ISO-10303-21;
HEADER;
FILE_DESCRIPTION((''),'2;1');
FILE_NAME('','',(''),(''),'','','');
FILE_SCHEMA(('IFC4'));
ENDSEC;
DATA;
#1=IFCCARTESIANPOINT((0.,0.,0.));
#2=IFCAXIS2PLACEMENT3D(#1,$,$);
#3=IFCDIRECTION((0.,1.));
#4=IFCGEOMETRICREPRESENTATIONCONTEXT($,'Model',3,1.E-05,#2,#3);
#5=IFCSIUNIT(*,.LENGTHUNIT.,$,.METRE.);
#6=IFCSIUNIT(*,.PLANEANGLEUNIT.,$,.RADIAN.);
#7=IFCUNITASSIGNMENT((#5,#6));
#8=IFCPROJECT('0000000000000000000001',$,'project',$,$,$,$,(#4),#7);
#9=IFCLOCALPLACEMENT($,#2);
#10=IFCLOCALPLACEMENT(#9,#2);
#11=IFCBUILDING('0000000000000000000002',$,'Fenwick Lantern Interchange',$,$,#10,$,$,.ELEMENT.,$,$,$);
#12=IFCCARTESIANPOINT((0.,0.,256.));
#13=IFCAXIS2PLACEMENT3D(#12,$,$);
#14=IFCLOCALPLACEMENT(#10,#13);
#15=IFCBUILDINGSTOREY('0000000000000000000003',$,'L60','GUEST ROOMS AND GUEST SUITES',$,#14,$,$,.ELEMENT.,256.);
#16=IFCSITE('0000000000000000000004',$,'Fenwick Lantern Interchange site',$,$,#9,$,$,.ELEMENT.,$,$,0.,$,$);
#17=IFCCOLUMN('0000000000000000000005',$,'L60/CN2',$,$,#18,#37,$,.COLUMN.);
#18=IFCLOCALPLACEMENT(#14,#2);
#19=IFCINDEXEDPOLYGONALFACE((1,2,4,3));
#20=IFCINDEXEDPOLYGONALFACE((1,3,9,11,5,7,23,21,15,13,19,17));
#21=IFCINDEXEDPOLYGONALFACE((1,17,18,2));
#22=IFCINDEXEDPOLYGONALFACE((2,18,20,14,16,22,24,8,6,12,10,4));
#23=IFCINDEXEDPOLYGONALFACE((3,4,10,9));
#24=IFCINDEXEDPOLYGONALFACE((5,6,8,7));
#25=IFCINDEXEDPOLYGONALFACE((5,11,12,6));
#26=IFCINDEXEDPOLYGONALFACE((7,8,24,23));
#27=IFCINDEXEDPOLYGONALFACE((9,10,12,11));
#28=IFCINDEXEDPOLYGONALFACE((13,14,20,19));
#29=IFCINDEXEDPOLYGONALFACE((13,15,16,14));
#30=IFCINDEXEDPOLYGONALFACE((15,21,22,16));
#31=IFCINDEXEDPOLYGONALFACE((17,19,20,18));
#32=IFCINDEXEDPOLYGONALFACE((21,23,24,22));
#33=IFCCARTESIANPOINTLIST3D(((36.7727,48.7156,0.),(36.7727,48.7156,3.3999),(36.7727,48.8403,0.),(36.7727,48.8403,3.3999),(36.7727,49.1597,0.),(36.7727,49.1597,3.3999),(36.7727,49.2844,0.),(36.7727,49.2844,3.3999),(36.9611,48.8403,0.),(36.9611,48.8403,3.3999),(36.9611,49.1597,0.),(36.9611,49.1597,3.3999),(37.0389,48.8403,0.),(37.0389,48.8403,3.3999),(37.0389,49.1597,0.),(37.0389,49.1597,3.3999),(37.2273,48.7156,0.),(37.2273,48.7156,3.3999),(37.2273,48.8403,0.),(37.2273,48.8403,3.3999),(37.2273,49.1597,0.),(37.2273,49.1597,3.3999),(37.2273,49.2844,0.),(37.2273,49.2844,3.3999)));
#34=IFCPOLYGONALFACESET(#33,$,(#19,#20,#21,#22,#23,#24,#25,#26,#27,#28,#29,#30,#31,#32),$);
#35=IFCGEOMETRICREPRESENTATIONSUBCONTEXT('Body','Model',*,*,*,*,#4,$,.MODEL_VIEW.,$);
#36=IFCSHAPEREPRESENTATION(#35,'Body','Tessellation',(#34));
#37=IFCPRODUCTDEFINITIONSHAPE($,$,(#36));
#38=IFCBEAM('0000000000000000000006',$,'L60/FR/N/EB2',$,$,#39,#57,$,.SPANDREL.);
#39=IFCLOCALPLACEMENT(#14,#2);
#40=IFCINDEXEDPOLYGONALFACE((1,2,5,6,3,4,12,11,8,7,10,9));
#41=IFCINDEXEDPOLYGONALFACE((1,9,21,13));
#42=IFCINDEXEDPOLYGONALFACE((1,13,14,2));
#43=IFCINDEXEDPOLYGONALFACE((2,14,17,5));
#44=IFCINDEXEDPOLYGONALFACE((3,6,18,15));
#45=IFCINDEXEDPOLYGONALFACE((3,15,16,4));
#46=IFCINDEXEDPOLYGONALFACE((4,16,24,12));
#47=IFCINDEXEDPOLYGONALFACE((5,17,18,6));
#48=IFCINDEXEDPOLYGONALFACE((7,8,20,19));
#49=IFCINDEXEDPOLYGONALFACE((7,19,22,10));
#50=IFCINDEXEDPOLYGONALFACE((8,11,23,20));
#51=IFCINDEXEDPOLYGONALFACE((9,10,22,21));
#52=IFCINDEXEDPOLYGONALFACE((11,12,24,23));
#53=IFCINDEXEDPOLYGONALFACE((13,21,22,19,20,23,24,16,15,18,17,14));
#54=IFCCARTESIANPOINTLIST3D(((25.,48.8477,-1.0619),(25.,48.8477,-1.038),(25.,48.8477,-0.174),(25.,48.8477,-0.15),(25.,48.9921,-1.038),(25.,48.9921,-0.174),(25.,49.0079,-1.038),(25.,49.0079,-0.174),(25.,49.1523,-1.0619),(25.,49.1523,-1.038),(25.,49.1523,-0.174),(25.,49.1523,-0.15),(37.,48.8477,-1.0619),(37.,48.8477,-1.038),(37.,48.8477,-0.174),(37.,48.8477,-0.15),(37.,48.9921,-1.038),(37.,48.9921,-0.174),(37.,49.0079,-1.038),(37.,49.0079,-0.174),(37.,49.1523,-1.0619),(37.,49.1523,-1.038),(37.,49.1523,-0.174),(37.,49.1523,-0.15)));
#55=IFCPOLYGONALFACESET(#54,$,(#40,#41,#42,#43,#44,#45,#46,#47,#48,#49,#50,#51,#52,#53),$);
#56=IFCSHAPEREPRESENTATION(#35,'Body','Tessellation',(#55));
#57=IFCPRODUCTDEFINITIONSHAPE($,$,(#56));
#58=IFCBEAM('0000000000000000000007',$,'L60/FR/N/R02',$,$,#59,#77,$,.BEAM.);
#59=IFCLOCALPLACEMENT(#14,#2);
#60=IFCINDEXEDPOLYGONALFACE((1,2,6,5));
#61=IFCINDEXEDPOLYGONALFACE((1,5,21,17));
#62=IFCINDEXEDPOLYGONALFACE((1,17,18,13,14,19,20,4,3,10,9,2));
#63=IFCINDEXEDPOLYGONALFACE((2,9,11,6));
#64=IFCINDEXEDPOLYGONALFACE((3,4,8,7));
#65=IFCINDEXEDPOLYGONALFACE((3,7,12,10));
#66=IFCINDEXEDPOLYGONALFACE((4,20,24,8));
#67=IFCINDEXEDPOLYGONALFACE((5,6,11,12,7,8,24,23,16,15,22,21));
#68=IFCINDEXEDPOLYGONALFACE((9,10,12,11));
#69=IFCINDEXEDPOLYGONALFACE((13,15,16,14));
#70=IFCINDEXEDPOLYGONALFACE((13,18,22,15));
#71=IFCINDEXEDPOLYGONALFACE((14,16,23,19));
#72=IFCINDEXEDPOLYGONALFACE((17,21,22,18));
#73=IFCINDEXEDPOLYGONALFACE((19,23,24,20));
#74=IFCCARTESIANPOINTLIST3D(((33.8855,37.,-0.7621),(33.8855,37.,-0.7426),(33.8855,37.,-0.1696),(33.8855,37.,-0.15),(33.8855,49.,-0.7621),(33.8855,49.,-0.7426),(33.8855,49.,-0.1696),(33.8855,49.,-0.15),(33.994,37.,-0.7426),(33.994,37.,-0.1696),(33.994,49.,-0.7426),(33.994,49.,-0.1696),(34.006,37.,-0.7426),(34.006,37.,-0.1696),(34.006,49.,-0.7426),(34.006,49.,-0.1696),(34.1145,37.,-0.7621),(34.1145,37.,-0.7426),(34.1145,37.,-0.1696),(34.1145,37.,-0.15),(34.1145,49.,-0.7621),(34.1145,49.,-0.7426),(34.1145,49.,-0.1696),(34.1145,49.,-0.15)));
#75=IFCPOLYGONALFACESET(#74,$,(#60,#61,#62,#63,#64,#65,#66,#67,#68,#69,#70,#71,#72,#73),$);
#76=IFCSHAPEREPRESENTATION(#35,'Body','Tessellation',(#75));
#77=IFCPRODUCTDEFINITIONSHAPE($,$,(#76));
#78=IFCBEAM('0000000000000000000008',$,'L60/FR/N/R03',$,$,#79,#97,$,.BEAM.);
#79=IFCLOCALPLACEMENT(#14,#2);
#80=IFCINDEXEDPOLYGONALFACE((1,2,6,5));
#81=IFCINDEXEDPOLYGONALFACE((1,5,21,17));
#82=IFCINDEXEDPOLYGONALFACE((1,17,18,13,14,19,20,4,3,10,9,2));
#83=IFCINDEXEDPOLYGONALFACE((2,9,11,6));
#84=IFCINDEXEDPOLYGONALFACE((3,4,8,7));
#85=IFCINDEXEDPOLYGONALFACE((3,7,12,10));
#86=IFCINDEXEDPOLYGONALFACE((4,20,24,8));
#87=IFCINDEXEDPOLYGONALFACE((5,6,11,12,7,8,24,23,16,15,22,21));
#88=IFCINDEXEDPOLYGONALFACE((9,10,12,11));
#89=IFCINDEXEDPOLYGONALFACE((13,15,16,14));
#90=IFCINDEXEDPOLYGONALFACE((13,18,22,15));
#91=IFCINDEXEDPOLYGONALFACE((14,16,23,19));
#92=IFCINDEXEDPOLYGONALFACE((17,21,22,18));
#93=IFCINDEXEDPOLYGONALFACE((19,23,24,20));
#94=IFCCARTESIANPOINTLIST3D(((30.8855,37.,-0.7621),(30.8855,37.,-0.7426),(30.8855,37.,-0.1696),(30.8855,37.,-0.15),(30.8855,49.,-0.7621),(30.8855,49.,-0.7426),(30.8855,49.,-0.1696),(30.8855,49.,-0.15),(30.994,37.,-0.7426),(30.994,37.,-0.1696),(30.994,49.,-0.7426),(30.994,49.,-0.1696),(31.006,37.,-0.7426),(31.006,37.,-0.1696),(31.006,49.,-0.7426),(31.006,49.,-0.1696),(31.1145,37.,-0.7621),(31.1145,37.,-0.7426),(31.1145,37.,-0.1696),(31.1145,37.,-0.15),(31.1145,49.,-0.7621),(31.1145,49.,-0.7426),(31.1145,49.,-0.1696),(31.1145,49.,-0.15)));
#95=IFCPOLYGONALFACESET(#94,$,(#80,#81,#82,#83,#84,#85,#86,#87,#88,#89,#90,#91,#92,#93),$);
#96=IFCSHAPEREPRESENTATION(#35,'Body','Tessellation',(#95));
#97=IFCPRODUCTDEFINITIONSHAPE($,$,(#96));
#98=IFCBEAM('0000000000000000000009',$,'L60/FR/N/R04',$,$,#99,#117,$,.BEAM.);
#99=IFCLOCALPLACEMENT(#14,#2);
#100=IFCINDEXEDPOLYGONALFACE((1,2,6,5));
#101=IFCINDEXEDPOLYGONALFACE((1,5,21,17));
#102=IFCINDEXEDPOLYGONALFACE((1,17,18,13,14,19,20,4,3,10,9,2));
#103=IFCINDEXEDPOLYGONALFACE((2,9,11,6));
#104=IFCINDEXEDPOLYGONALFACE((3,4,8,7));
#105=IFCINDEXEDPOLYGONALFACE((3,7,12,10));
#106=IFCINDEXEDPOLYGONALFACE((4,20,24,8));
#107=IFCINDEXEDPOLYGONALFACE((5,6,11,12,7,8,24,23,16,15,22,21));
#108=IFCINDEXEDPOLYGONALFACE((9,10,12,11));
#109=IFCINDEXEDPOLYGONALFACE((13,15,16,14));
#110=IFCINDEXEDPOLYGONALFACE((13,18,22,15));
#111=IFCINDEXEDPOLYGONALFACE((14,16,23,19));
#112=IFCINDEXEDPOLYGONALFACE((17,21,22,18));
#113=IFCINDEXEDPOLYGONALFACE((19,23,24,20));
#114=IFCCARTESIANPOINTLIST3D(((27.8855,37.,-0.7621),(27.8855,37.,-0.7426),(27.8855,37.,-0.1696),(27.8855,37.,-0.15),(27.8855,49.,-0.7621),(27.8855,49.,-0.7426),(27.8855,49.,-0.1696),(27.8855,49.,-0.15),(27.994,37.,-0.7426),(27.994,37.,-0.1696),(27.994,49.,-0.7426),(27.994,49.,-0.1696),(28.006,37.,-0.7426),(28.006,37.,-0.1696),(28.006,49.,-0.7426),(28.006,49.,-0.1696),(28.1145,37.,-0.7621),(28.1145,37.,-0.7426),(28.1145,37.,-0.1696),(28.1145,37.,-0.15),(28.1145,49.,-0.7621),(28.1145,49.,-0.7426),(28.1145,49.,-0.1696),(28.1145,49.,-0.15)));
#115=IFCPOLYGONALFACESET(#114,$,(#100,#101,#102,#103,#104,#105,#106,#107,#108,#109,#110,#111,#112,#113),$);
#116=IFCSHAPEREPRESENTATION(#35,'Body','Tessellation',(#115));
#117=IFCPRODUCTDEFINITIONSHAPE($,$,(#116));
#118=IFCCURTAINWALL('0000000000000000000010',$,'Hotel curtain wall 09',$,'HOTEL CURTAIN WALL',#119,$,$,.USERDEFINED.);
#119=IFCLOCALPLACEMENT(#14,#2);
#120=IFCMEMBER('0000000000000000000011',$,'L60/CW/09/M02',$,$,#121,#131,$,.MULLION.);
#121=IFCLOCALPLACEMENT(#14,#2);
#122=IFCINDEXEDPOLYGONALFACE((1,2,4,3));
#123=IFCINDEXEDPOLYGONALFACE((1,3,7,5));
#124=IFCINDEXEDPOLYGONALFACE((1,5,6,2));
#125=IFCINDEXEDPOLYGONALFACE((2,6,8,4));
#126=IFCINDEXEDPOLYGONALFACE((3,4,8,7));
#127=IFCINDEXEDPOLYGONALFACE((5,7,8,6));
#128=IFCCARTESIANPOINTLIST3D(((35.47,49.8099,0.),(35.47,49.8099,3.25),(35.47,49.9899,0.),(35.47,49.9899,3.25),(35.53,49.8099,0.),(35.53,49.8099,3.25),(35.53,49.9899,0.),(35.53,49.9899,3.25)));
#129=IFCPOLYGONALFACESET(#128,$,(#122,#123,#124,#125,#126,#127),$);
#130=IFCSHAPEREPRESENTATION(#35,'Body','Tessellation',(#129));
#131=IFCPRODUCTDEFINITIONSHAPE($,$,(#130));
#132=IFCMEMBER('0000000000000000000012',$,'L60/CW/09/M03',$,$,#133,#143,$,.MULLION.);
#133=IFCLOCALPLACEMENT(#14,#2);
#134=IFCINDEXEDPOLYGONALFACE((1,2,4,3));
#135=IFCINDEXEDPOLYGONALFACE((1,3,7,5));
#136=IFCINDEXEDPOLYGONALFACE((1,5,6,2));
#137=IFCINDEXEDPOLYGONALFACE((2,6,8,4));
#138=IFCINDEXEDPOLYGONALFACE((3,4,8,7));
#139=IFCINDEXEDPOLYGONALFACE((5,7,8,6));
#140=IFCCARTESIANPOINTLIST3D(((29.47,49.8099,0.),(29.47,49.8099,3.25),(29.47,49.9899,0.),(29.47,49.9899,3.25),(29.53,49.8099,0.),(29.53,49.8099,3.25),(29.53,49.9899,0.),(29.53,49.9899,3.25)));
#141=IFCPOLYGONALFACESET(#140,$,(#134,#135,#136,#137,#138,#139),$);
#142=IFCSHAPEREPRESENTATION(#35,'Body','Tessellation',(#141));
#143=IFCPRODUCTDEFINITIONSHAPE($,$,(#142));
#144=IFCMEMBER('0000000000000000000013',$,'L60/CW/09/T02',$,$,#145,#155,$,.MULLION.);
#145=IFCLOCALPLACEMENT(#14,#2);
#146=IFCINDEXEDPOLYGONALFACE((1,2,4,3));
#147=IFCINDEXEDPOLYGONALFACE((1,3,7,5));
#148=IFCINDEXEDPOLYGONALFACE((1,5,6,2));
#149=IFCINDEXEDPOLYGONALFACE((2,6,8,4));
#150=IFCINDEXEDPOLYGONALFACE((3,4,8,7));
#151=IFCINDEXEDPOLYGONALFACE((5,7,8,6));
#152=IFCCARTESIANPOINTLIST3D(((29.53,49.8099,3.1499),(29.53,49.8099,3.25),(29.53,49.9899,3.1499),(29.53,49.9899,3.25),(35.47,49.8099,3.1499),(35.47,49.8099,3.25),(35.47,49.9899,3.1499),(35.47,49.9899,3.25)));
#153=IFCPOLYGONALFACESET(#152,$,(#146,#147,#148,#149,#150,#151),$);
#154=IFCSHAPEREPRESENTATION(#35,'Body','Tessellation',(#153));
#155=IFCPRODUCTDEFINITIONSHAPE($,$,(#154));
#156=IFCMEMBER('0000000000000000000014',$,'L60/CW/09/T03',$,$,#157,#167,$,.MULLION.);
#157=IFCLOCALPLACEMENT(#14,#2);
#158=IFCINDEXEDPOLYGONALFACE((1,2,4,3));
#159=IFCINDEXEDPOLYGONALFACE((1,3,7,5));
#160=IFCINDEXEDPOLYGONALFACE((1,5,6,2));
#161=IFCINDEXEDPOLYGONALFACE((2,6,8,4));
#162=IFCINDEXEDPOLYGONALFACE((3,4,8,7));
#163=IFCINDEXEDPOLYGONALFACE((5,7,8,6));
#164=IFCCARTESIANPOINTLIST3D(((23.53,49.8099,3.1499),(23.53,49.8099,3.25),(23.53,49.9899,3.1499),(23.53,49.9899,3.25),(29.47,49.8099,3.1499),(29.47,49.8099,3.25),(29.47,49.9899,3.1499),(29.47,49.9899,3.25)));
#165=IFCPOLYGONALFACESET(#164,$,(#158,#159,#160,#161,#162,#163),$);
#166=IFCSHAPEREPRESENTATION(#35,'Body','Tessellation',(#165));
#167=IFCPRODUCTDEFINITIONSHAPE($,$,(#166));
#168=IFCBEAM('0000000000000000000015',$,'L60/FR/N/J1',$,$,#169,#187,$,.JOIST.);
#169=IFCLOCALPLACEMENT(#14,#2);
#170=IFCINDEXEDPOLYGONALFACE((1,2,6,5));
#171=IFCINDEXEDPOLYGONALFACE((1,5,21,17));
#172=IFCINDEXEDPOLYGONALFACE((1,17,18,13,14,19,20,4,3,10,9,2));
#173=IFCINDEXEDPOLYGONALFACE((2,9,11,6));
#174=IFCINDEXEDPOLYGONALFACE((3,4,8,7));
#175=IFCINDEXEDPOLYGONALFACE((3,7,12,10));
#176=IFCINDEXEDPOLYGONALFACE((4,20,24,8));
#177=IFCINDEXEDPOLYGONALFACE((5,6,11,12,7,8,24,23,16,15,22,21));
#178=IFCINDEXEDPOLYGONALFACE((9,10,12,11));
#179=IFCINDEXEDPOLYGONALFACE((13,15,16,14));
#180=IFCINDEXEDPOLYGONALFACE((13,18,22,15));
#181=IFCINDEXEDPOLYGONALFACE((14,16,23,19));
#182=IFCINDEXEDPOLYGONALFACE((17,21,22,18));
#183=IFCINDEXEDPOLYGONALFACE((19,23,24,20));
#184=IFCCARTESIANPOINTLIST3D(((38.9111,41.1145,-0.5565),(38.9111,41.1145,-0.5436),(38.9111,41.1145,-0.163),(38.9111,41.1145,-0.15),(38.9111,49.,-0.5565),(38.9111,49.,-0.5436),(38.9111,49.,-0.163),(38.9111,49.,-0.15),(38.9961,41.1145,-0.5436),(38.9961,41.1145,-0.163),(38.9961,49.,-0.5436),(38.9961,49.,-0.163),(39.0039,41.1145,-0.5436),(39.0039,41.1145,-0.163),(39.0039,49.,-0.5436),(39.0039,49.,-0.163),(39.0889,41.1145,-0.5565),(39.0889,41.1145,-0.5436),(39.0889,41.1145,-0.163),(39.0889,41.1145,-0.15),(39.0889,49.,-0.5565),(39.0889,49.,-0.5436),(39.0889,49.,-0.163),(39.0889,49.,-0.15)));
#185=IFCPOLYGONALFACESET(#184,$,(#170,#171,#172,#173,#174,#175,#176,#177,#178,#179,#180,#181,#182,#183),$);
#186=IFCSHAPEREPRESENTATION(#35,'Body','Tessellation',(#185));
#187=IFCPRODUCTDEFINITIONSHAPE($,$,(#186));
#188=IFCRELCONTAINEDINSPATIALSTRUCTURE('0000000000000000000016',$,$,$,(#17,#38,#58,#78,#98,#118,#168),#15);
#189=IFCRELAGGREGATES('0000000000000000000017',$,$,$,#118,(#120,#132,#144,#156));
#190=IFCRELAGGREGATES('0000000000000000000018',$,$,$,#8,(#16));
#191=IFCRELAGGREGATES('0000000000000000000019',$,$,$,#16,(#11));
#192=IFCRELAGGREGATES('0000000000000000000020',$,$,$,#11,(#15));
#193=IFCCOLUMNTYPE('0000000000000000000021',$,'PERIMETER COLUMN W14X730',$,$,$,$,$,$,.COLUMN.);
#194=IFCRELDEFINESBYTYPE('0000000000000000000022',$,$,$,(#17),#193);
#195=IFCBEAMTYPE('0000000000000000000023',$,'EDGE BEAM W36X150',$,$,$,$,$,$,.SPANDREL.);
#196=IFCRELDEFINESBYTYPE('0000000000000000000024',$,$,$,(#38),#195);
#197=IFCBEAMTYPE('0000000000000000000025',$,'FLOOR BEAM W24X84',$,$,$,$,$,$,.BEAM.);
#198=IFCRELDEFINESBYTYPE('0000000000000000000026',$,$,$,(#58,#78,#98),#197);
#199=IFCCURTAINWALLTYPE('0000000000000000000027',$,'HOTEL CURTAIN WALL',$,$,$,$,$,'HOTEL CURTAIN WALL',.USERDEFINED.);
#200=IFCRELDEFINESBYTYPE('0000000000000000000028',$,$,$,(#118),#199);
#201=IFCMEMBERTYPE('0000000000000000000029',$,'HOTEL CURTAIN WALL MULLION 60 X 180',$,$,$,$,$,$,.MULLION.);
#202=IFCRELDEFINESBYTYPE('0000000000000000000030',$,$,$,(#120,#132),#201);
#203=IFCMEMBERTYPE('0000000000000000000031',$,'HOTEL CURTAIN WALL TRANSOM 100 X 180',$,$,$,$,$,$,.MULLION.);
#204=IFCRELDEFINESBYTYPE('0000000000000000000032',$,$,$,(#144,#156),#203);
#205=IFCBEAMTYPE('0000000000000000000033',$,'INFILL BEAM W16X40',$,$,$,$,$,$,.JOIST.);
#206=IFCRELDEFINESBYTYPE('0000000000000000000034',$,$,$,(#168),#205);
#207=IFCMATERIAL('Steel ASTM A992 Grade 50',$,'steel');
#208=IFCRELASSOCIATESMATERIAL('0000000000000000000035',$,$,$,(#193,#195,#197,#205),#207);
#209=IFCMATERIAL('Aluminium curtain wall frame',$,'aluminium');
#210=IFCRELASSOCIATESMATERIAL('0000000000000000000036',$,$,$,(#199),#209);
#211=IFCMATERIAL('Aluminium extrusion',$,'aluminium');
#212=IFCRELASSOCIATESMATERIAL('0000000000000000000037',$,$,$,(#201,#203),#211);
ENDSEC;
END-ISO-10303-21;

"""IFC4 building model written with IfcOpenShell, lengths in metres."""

from ifc_helpers import new_model, si_unit, direction, frame, origin, origin_2d, place, context, subcontext, project, spatial, rectangle, i_section, extrude, material, material_profile, profile_set, type_object, element, aggregate, save


model = new_model("IFC4")

# Units and contexts
model_context = context("Model", 3, precision=1e-05, world=origin(), true_north=direction((0.0, 1.0)))
body_context = subcontext(model_context, "Body", "Model", "MODEL_VIEW")
ifc_project = project(units=[si_unit("LENGTHUNIT", "METRE"), si_unit("PLANEANGLEUNIT", "RADIAN")], contexts=[model_context])

# Site, building, storey
site_placement = place(None, origin())
site = spatial("IfcSite", under=ifc_project, at=site_placement, Name="Fenwick Lantern Interchange site", CompositionType="ELEMENT", RefElevation=0.0)
building_placement = place(site_placement, origin())
building = spatial("IfcBuilding", under=site, at=building_placement, Name="Fenwick Lantern Interchange", CompositionType="ELEMENT")
storey_placement = place(building_placement, frame((0.0, 0.0, 256.0)))
storey = spatial("IfcBuildingStorey", under=building, at=storey_placement, Name="L60", Description="GUEST ROOMS AND GUEST SUITES", CompositionType="ELEMENT", Elevation=256.0)

# Column
ifc_material_1 = material(Name="Steel ASTM A992 Grade 50", Category="steel")
ifc_material_profile_1 = material_profile(ifc_material_1, i_section(OverallWidth=0.4546, OverallDepth=0.5688, WebThickness=0.0779, FlangeThickness=0.1248, at=origin_2d()), Name="W14X730")
ifc_profile_set_1 = profile_set([ifc_material_profile_1], Name="Steel ASTM A992 Grade 50")
column_type = type_object("IfcColumnType", Name="PERIMETER COLUMN W14X730", PredefinedType="COLUMN", material=ifc_profile_set_1)
column_placement = place(storey_placement, frame((37.0, 49.0, 0.0), z_axis=(0.0, 0.0, 1.0), x_axis=(1.0, 0.0, 0.0)))
element("IfcColumn", 1, at=column_placement, inside=storey, type_object=column_type, Name="L60/CN2", PredefinedType="COLUMN", context=body_context, shape_type="SweptSolid", body=[
    extrude(i_section(OverallWidth=0.4546, OverallDepth=0.5688, WebThickness=0.0779, FlangeThickness=0.1248, at=origin_2d()), origin(), (0.0, 0.0, 1.0), 3.3999),
])

# Beams
ifc_material_profile_2 = material_profile(ifc_material_1, i_section(OverallWidth=0.3047, OverallDepth=0.9119, WebThickness=0.0159, FlangeThickness=0.0239, at=origin_2d()), Name="W36X150")
ifc_profile_set_2 = profile_set([ifc_material_profile_2], Name="Steel ASTM A992 Grade 50")
beam_type_1 = type_object("IfcBeamType", Name="EDGE BEAM W36X150", PredefinedType="SPANDREL", material=ifc_profile_set_2)
beam_1_placement = place(storey_placement, frame((37.0, 49.0, -0.606), z_axis=(-1.0, 0.0, 0.0), x_axis=(0.0, -1.0, 0.0)))
element("IfcBeam", 2, at=beam_1_placement, inside=storey, type_object=beam_type_1, Name="L60/FR/N/EB2", PredefinedType="SPANDREL", context=body_context, shape_type="SweptSolid", body=[
    extrude(i_section(OverallWidth=0.3047, OverallDepth=0.9119, WebThickness=0.0159, FlangeThickness=0.0239, at=origin_2d()), origin(), (0.0, 0.0, 1.0), 12.0),
])
ifc_material_profile_3 = material_profile(ifc_material_1, i_section(OverallWidth=0.229, OverallDepth=0.6121, WebThickness=0.012, FlangeThickness=0.0195, at=origin_2d()), Name="W24X84")
ifc_profile_set_3 = profile_set([ifc_material_profile_3], Name="Steel ASTM A992 Grade 50")
beam_type_2 = type_object("IfcBeamType", Name="FLOOR BEAM W24X84", PredefinedType="BEAM", material=ifc_profile_set_3)
for number, where, z_axis, x_axis, name in (
    (3, (34.0, 49.0, -0.4561), (0.0, -1.0, 0.0), (1.0, 0.0, 0.0), "L60/FR/N/R02"),
    (4, (31.0, 49.0, -0.4561), (0.0, -1.0, 0.0), (1.0, 0.0, 0.0), "L60/FR/N/R03"),
    (5, (28.0, 49.0, -0.4561), (0.0, -1.0, 0.0), (1.0, 0.0, 0.0), "L60/FR/N/R04"),
):
    element("IfcBeam", number, at=place(storey_placement, frame(where, z_axis=z_axis, x_axis=x_axis)), inside=storey, type_object=beam_type_2, Name=name, PredefinedType="BEAM", context=body_context, shape_type="SweptSolid", body=[
        extrude(i_section(OverallWidth=0.229, OverallDepth=0.6121, WebThickness=0.012, FlangeThickness=0.0195, at=origin_2d()), origin(), (0.0, 0.0, 1.0), 12.0),
    ])

# Curtain wall, members
ifc_material_2 = material(Name="Aluminium curtain wall frame", Category="aluminium")
curtain_wall_type = type_object("IfcCurtainWallType", Name="HOTEL CURTAIN WALL", ElementType="HOTEL CURTAIN WALL", PredefinedType="USERDEFINED", material=ifc_material_2)
curtain_wall_placement = place(storey_placement, origin())
curtain_wall = element("IfcCurtainWall", 6, at=curtain_wall_placement, inside=storey, type_object=curtain_wall_type, Name="Hotel curtain wall 09", ObjectType="HOTEL CURTAIN WALL", PredefinedType="USERDEFINED")
ifc_material_3 = material(Name="Aluminium extrusion", Category="aluminium")
ifc_material_profile_4 = material_profile(ifc_material_3, rectangle(XDim=0.1799, YDim=0.0601, at=origin_2d()), Name="HOTEL CURTAIN WALL MULLION 60 X 180")
ifc_profile_set_4 = profile_set([ifc_material_profile_4], Name="Aluminium extrusion")
member_type_1 = type_object("IfcMemberType", Name="HOTEL CURTAIN WALL MULLION 60 X 180", PredefinedType="MULLION", material=ifc_profile_set_4)
member_1_placement = place(storey_placement, frame((35.5, 49.8999, 0.0), z_axis=(0.0, 0.0, 1.0), x_axis=(0.0, -1.0, 0.0)))
member_1 = element("IfcMember", 7, at=member_1_placement, type_object=member_type_1, Name="L60/CW/09/M02", PredefinedType="MULLION", context=body_context, shape_type="SweptSolid", body=[
    extrude(rectangle(XDim=0.1799, YDim=0.0601, at=origin_2d()), origin(), (0.0, 0.0, 1.0), 3.25),
])
member_2_placement = place(storey_placement, frame((29.5, 49.8999, 0.0), z_axis=(0.0, 0.0, 1.0), x_axis=(0.0, -1.0, 0.0)))
member_2 = element("IfcMember", 8, at=member_2_placement, type_object=member_type_1, Name="L60/CW/09/M03", PredefinedType="MULLION", context=body_context, shape_type="SweptSolid", body=[
    extrude(rectangle(XDim=0.1799, YDim=0.0601, at=origin_2d()), origin(), (0.0, 0.0, 1.0), 3.25),
])
ifc_material_profile_5 = material_profile(ifc_material_3, rectangle(XDim=0.1799, YDim=0.1001, at=origin_2d()), Name="HOTEL CURTAIN WALL TRANSOM 100 X 180")
ifc_profile_set_5 = profile_set([ifc_material_profile_5], Name="Aluminium extrusion")
member_type_2 = type_object("IfcMemberType", Name="HOTEL CURTAIN WALL TRANSOM 100 X 180", PredefinedType="MULLION", material=ifc_profile_set_5)
member_3_placement = place(storey_placement, frame((35.47, 49.8999, 3.2), z_axis=(-1.0, 0.0, 0.0), x_axis=(0.0, -1.0, 0.0)))
member_3 = element("IfcMember", 9, at=member_3_placement, type_object=member_type_2, Name="L60/CW/09/T02", PredefinedType="MULLION", context=body_context, shape_type="SweptSolid", body=[
    extrude(rectangle(XDim=0.1799, YDim=0.1001, at=origin_2d()), origin(), (0.0, 0.0, 1.0), 5.9399),
])
member_4_placement = place(storey_placement, frame((29.47, 49.8999, 3.2), z_axis=(-1.0, 0.0, 0.0), x_axis=(0.0, -1.0, 0.0)))
member_4 = element("IfcMember", 10, at=member_4_placement, type_object=member_type_2, Name="L60/CW/09/T03", PredefinedType="MULLION", context=body_context, shape_type="SweptSolid", body=[
    extrude(rectangle(XDim=0.1799, YDim=0.1001, at=origin_2d()), origin(), (0.0, 0.0, 1.0), 5.9399),
])
aggregate(curtain_wall, [member_1, member_2, member_3, member_4])

# Beam
ifc_material_profile_6 = material_profile(ifc_material_1, i_section(OverallWidth=0.1777, OverallDepth=0.4065, WebThickness=0.0078, FlangeThickness=0.0129, at=origin_2d()), Name="W16X40")
ifc_profile_set_6 = profile_set([ifc_material_profile_6], Name="Steel ASTM A992 Grade 50")
beam_type_3 = type_object("IfcBeamType", Name="INFILL BEAM W16X40", PredefinedType="JOIST", material=ifc_profile_set_6)
beam_2_placement = place(storey_placement, frame((39.0, 49.0, -0.3533), z_axis=(0.0, -1.0, 0.0), x_axis=(1.0, 0.0, 0.0)))
element("IfcBeam", 11, at=beam_2_placement, inside=storey, type_object=beam_type_3, Name="L60/FR/N/J1", PredefinedType="JOIST", context=body_context, shape_type="SweptSolid", body=[
    extrude(i_section(OverallWidth=0.1777, OverallDepth=0.4065, WebThickness=0.0078, FlangeThickness=0.0129, at=origin_2d()), origin(), (0.0, 0.0, 1.0), 7.8855),
])

save(model, "model.ifc")
